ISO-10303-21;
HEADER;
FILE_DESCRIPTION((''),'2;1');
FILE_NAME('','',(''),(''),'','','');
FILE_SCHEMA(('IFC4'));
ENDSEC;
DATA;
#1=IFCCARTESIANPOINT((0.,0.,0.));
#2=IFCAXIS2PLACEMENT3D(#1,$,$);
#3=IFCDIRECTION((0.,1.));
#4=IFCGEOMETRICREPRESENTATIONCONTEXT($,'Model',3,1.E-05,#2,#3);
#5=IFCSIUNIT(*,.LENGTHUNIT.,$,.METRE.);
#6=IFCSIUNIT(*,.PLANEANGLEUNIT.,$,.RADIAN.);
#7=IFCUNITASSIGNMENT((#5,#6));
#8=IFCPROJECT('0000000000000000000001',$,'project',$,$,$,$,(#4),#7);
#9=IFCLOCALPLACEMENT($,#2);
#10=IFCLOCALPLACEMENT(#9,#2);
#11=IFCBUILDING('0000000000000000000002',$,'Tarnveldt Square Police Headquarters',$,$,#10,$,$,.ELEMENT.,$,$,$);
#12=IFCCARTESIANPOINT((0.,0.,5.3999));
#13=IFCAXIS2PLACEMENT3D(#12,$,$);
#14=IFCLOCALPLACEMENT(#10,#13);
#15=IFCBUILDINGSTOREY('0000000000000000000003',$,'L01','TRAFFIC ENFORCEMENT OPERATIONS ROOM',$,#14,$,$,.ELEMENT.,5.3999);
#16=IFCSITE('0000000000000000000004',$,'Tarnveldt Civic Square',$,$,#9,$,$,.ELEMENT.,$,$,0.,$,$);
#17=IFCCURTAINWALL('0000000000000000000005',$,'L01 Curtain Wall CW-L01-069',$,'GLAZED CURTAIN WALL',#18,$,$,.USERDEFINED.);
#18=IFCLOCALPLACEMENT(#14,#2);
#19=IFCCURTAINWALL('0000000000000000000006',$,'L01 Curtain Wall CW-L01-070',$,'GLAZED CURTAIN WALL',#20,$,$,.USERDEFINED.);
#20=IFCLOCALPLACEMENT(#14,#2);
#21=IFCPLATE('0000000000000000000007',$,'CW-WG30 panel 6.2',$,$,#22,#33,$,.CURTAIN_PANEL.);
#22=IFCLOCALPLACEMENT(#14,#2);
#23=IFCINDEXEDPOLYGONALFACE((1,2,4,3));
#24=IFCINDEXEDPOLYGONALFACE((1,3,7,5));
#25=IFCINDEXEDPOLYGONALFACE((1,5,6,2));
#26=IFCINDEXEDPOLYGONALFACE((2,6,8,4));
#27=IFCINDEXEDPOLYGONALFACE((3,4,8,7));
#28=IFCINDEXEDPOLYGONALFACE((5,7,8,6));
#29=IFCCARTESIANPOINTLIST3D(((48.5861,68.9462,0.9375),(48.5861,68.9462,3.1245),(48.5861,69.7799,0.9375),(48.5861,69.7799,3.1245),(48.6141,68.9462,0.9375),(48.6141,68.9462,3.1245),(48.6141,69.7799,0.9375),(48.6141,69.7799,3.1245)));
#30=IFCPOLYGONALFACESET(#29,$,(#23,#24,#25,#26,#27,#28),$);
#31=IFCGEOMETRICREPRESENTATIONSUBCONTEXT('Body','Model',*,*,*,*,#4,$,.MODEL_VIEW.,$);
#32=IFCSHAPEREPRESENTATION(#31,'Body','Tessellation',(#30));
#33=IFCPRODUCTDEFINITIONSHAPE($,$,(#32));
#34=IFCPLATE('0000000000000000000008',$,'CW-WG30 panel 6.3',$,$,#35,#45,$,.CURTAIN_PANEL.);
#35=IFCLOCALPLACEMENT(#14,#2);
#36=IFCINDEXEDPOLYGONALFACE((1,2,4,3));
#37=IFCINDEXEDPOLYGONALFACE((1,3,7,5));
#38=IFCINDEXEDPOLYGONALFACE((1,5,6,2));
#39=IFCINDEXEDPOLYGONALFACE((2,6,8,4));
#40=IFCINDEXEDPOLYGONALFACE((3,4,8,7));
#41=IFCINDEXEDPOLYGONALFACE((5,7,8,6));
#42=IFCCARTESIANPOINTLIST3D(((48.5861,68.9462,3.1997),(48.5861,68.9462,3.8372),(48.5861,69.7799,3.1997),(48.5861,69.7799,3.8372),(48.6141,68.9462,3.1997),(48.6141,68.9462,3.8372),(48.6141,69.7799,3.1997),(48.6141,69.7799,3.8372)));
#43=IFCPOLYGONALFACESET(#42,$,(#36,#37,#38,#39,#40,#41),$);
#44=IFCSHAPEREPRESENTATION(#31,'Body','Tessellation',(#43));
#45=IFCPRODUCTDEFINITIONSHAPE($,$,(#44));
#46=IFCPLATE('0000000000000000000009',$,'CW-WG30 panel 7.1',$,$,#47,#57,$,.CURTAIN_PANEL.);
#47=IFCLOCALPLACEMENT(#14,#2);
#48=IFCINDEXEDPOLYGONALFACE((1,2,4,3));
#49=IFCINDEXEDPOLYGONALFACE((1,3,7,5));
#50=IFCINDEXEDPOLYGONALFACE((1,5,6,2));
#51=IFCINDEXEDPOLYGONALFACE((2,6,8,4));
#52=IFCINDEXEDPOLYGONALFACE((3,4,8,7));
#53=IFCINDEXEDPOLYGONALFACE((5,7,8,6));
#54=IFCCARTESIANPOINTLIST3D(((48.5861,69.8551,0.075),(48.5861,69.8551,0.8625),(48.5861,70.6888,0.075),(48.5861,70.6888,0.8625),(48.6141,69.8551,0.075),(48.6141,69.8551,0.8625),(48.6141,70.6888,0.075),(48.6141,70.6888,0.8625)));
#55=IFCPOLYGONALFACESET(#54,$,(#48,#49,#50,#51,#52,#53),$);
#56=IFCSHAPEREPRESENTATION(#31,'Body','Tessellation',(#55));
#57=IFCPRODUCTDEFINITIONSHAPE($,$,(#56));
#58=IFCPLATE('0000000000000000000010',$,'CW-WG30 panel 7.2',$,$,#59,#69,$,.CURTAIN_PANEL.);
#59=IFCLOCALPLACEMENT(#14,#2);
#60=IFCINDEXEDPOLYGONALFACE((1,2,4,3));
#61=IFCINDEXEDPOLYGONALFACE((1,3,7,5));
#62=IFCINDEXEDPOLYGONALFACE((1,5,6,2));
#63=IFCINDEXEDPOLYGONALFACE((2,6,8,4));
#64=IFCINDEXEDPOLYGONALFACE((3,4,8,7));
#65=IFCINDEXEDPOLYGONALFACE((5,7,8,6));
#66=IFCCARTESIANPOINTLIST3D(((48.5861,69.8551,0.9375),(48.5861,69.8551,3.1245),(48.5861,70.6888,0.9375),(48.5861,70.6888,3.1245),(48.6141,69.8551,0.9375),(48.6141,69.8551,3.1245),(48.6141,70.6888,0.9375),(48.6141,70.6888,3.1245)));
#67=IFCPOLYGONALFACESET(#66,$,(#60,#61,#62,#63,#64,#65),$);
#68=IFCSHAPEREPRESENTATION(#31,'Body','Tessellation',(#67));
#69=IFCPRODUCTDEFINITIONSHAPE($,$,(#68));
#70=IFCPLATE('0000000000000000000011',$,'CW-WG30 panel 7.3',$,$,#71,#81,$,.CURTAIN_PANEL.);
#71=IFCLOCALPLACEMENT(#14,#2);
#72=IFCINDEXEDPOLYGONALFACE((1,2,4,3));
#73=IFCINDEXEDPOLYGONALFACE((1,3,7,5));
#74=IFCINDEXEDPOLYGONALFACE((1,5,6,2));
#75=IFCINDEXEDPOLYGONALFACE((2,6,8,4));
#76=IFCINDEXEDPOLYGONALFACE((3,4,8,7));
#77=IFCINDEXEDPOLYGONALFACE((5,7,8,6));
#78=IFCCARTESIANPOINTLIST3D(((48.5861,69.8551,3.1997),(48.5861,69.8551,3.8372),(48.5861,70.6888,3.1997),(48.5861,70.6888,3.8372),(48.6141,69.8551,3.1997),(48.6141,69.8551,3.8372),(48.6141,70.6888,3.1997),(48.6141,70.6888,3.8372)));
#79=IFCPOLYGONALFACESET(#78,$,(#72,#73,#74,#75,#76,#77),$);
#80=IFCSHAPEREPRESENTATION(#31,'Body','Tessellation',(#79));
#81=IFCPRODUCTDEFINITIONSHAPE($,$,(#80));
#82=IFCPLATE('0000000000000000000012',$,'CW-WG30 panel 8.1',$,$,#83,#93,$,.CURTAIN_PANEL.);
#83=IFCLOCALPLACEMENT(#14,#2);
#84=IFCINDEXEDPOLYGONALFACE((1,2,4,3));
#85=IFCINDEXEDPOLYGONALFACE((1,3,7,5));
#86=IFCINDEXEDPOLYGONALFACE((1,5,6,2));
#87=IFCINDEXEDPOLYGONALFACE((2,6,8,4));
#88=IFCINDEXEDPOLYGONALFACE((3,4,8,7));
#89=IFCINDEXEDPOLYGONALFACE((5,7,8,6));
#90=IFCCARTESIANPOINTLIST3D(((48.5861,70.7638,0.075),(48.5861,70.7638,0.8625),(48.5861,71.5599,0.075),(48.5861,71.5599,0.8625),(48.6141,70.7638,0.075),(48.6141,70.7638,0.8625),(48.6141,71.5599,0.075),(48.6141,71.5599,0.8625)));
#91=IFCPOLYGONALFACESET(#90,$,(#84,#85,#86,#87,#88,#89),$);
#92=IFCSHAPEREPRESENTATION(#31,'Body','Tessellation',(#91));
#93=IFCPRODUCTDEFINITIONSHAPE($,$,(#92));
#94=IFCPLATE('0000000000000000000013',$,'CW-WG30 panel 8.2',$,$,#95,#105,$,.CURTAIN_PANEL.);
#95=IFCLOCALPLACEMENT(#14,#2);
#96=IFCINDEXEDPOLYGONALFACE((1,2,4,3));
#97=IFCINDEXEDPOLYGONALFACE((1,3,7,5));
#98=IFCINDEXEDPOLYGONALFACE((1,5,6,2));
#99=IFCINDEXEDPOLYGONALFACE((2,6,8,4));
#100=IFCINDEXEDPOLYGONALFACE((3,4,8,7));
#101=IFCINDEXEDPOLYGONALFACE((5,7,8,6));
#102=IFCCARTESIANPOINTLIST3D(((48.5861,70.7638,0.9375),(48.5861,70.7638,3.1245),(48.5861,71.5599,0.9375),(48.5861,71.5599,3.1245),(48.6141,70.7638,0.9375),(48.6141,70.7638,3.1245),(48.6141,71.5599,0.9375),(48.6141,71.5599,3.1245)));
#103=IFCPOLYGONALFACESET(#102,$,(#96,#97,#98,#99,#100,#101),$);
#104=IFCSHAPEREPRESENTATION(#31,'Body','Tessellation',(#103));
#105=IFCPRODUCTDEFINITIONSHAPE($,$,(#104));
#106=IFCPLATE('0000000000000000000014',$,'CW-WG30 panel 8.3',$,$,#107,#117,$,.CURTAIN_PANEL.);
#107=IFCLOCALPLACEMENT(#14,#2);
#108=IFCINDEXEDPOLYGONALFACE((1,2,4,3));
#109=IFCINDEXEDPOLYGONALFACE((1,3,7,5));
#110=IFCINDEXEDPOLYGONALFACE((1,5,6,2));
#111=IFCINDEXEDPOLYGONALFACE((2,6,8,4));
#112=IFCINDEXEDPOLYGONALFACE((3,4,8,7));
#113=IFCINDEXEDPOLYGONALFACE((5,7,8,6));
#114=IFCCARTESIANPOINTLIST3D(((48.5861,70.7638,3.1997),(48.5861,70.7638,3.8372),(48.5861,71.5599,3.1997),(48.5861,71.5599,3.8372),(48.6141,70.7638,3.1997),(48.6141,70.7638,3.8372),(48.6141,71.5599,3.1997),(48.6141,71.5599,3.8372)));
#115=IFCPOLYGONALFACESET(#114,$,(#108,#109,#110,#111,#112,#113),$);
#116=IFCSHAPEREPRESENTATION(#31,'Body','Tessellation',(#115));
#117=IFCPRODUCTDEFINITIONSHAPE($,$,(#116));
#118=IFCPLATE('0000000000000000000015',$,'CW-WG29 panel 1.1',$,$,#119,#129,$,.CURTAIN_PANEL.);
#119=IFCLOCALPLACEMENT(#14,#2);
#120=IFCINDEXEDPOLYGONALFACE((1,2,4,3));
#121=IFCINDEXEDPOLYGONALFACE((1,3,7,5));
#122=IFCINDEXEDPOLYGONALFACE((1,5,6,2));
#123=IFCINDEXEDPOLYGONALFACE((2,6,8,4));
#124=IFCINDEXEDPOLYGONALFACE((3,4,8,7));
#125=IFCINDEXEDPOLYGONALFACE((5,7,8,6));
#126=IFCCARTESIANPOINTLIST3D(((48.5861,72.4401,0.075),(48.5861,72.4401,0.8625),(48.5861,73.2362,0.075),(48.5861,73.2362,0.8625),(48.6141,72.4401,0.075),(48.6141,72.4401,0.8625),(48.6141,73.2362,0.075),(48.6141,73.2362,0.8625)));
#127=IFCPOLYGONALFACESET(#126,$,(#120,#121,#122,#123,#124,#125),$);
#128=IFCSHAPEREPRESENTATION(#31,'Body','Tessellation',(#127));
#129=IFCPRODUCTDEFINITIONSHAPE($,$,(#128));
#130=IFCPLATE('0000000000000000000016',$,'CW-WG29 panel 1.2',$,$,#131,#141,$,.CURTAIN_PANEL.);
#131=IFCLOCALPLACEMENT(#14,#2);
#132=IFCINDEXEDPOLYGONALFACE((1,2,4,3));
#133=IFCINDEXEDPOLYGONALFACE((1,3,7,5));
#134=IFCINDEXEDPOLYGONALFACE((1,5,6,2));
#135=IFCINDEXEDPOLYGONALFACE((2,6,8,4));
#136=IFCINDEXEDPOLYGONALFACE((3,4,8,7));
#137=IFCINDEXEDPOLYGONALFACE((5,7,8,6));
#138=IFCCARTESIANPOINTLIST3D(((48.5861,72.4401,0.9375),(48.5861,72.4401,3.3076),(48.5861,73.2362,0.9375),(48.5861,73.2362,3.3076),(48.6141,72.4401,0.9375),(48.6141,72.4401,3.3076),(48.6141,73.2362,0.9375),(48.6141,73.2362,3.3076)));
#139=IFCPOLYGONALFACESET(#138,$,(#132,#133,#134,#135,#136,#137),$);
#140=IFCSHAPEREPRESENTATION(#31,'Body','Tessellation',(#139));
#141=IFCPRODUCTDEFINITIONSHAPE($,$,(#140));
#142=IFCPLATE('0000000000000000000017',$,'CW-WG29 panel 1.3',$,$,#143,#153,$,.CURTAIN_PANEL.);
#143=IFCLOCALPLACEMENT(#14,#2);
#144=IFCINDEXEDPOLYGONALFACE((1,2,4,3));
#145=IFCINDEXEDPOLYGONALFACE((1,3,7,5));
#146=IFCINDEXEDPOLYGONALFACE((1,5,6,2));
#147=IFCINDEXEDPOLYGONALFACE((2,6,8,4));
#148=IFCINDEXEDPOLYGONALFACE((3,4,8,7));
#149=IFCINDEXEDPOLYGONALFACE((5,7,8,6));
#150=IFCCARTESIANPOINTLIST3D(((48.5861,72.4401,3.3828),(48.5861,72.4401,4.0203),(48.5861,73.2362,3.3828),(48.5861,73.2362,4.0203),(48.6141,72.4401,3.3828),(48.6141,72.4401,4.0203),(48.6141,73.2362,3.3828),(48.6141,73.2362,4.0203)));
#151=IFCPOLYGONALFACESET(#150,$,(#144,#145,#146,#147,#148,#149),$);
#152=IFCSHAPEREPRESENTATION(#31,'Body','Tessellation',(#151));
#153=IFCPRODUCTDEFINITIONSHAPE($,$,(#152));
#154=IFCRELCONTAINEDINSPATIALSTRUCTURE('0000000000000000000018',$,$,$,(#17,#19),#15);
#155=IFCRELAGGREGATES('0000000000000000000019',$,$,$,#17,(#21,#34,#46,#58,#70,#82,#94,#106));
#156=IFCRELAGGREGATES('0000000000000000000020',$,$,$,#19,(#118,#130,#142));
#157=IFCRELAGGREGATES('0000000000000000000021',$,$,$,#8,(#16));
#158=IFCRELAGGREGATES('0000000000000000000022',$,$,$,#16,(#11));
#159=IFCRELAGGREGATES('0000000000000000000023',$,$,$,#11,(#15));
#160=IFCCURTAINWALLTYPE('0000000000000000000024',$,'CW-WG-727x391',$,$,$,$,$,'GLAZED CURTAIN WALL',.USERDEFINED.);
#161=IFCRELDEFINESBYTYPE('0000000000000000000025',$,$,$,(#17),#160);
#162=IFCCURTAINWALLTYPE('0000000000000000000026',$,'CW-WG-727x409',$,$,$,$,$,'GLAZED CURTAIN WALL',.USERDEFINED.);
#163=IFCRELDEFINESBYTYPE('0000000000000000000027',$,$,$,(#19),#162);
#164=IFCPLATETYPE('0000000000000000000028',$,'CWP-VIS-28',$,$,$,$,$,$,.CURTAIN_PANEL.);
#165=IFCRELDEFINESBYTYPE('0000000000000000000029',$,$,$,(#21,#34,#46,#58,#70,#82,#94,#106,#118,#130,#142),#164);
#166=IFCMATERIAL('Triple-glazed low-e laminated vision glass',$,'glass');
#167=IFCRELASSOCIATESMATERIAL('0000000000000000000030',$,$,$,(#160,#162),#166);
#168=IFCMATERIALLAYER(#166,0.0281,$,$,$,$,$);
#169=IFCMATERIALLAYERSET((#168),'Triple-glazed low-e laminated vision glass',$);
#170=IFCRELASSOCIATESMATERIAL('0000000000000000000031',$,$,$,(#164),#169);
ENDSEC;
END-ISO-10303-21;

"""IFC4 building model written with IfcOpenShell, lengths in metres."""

from ifc_helpers import new_model, si_unit, direction, frame, origin, origin_2d, place, context, subcontext, project, spatial, rectangle, extrude, material, layer, layer_set, type_object, element, aggregate, save


model = new_model("IFC4")

# Units and contexts
model_context = context("Model", 3, precision=1e-05, world=origin(), true_north=direction((0.0, 1.0)))
body_context = subcontext(model_context, "Body", "Model", "MODEL_VIEW")
ifc_project = project(units=[si_unit("LENGTHUNIT", "METRE"), si_unit("PLANEANGLEUNIT", "RADIAN")], contexts=[model_context])

# Site, building, storey
site_placement = place(None, origin())
site = spatial("IfcSite", under=ifc_project, at=site_placement, Name="Tarnveldt Civic Square", CompositionType="ELEMENT", RefElevation=0.0)
building_placement = place(site_placement, origin())
building = spatial("IfcBuilding", under=site, at=building_placement, Name="Tarnveldt Square Police Headquarters", CompositionType="ELEMENT")
storey_placement = place(building_placement, frame((0.0, 0.0, 5.3999)))
storey = spatial("IfcBuildingStorey", under=building, at=storey_placement, Name="L01", Description="TRAFFIC ENFORCEMENT OPERATIONS ROOM", CompositionType="ELEMENT", Elevation=5.3999)

# Curtain walls
ifc_material_1 = material(Name="Triple-glazed low-e laminated vision glass", Category="glass")
curtain_wall_type_1 = type_object("IfcCurtainWallType", Name="CW-WG-727x391", ElementType="GLAZED CURTAIN WALL", PredefinedType="USERDEFINED", material=ifc_material_1)
curtain_wall_1_placement = place(storey_placement, origin())
curtain_wall_1 = element("IfcCurtainWall", 1, at=curtain_wall_1_placement, inside=storey, type_object=curtain_wall_type_1, Name="L01 Curtain Wall CW-L01-069", ObjectType="GLAZED CURTAIN WALL", PredefinedType="USERDEFINED")
curtain_wall_type_2 = type_object("IfcCurtainWallType", Name="CW-WG-727x409", ElementType="GLAZED CURTAIN WALL", PredefinedType="USERDEFINED", material=ifc_material_1)
curtain_wall_2_placement = place(storey_placement, origin())
curtain_wall_2 = element("IfcCurtainWall", 2, at=curtain_wall_2_placement, inside=storey, type_object=curtain_wall_type_2, Name="L01 Curtain Wall CW-L01-070", ObjectType="GLAZED CURTAIN WALL", PredefinedType="USERDEFINED")

# Plates
ifc_layer = layer(ifc_material_1, 0.0281)
ifc_layer_set = layer_set([ifc_layer], Name="Triple-glazed low-e laminated vision glass")
plate_type = type_object("IfcPlateType", Name="CWP-VIS-28", PredefinedType="CURTAIN_PANEL", material=ifc_layer_set)
plate_1_placement = place(storey_placement, frame((48.6001, 69.363, 0.9375), z_axis=(0.0, 0.0, 1.0), x_axis=(0.0, 1.0, 0.0)))
plate_1 = element("IfcPlate", 3, at=plate_1_placement, type_object=plate_type, Name="CW-WG30 panel 6.2", PredefinedType="CURTAIN_PANEL", context=body_context, shape_type="SweptSolid", body=[
    extrude(rectangle(XDim=0.8337, YDim=0.0281, at=origin_2d()), origin(), (0.0, 0.0, 1.0), 2.187),
])
plate_2_placement = place(storey_placement, frame((48.6001, 69.363, 3.1997), z_axis=(0.0, 0.0, 1.0), x_axis=(0.0, 1.0, 0.0)))
plate_2 = element("IfcPlate", 4, at=plate_2_placement, type_object=plate_type, Name="CW-WG30 panel 6.3", PredefinedType="CURTAIN_PANEL", context=body_context, shape_type="SweptSolid", body=[
    extrude(rectangle(XDim=0.8337, YDim=0.0281, at=origin_2d()), origin(), (0.0, 0.0, 1.0), 0.6375),
])
plate_3_placement = place(storey_placement, frame((48.6001, 70.272, 0.075), z_axis=(0.0, 0.0, 1.0), x_axis=(0.0, 1.0, 0.0)))
plate_3 = element("IfcPlate", 5, at=plate_3_placement, type_object=plate_type, Name="CW-WG30 panel 7.1", PredefinedType="CURTAIN_PANEL", context=body_context, shape_type="SweptSolid", body=[
    extrude(rectangle(XDim=0.8337, YDim=0.0281, at=origin_2d()), origin(), (0.0, 0.0, 1.0), 0.7876),
])
plate_4_placement = place(storey_placement, frame((48.6001, 70.272, 0.9375), z_axis=(0.0, 0.0, 1.0), x_axis=(0.0, 1.0, 0.0)))
plate_4 = element("IfcPlate", 6, at=plate_4_placement, type_object=plate_type, Name="CW-WG30 panel 7.2", PredefinedType="CURTAIN_PANEL", context=body_context, shape_type="SweptSolid", body=[
    extrude(rectangle(XDim=0.8337, YDim=0.0281, at=origin_2d()), origin(), (0.0, 0.0, 1.0), 2.187),
])
plate_5_placement = place(storey_placement, frame((48.6001, 70.272, 3.1997), z_axis=(0.0, 0.0, 1.0), x_axis=(0.0, 1.0, 0.0)))
plate_5 = element("IfcPlate", 7, at=plate_5_placement, type_object=plate_type, Name="CW-WG30 panel 7.3", PredefinedType="CURTAIN_PANEL", context=body_context, shape_type="SweptSolid", body=[
    extrude(rectangle(XDim=0.8337, YDim=0.0281, at=origin_2d()), origin(), (0.0, 0.0, 1.0), 0.6375),
])
plate_6_placement = place(storey_placement, frame((48.6001, 71.1619, 0.075), z_axis=(0.0, 0.0, 1.0), x_axis=(0.0, 1.0, 0.0)))
plate_6 = element("IfcPlate", 8, at=plate_6_placement, type_object=plate_type, Name="CW-WG30 panel 8.1", PredefinedType="CURTAIN_PANEL", context=body_context, shape_type="SweptSolid", body=[
    extrude(rectangle(XDim=0.7961, YDim=0.0281, at=origin_2d()), origin(), (0.0, 0.0, 1.0), 0.7876),
])
plate_7_placement = place(storey_placement, frame((48.6001, 71.1619, 0.9375), z_axis=(0.0, 0.0, 1.0), x_axis=(0.0, 1.0, 0.0)))
plate_7 = element("IfcPlate", 9, at=plate_7_placement, type_object=plate_type, Name="CW-WG30 panel 8.2", PredefinedType="CURTAIN_PANEL", context=body_context, shape_type="SweptSolid", body=[
    extrude(rectangle(XDim=0.7961, YDim=0.0281, at=origin_2d()), origin(), (0.0, 0.0, 1.0), 2.187),
])
plate_8_placement = place(storey_placement, frame((48.6001, 71.1619, 3.1997), z_axis=(0.0, 0.0, 1.0), x_axis=(0.0, 1.0, 0.0)))
plate_8 = element("IfcPlate", 10, at=plate_8_placement, type_object=plate_type, Name="CW-WG30 panel 8.3", PredefinedType="CURTAIN_PANEL", context=body_context, shape_type="SweptSolid", body=[
    extrude(rectangle(XDim=0.7961, YDim=0.0281, at=origin_2d()), origin(), (0.0, 0.0, 1.0), 0.6375),
])
aggregate(curtain_wall_1, [plate_1, plate_2, plate_3, plate_4, plate_5, plate_6, plate_7, plate_8])
plate_9_placement = place(storey_placement, frame((48.6001, 72.8381, 0.075), z_axis=(0.0, 0.0, 1.0), x_axis=(0.0, 1.0, 0.0)))
plate_9 = element("IfcPlate", 11, at=plate_9_placement, type_object=plate_type, Name="CW-WG29 panel 1.1", PredefinedType="CURTAIN_PANEL", context=body_context, shape_type="SweptSolid", body=[
    extrude(rectangle(XDim=0.7961, YDim=0.0281, at=origin_2d()), origin(), (0.0, 0.0, 1.0), 0.7876),
])
plate_10_placement = place(storey_placement, frame((48.6001, 72.8381, 0.9375), z_axis=(0.0, 0.0, 1.0), x_axis=(0.0, 1.0, 0.0)))
plate_10 = element("IfcPlate", 12, at=plate_10_placement, type_object=plate_type, Name="CW-WG29 panel 1.2", PredefinedType="CURTAIN_PANEL", context=body_context, shape_type="SweptSolid", body=[
    extrude(rectangle(XDim=0.7961, YDim=0.0281, at=origin_2d()), origin(), (0.0, 0.0, 1.0), 2.3701),
])
plate_11_placement = place(storey_placement, frame((48.6001, 72.8381, 3.3828), z_axis=(0.0, 0.0, 1.0), x_axis=(0.0, 1.0, 0.0)))
plate_11 = element("IfcPlate", 13, at=plate_11_placement, type_object=plate_type, Name="CW-WG29 panel 1.3", PredefinedType="CURTAIN_PANEL", context=body_context, shape_type="SweptSolid", body=[
    extrude(rectangle(XDim=0.7961, YDim=0.0281, at=origin_2d()), origin(), (0.0, 0.0, 1.0), 0.6375),
])
aggregate(curtain_wall_2, [plate_9, plate_10, plate_11])

save(model, "model.ifc")
